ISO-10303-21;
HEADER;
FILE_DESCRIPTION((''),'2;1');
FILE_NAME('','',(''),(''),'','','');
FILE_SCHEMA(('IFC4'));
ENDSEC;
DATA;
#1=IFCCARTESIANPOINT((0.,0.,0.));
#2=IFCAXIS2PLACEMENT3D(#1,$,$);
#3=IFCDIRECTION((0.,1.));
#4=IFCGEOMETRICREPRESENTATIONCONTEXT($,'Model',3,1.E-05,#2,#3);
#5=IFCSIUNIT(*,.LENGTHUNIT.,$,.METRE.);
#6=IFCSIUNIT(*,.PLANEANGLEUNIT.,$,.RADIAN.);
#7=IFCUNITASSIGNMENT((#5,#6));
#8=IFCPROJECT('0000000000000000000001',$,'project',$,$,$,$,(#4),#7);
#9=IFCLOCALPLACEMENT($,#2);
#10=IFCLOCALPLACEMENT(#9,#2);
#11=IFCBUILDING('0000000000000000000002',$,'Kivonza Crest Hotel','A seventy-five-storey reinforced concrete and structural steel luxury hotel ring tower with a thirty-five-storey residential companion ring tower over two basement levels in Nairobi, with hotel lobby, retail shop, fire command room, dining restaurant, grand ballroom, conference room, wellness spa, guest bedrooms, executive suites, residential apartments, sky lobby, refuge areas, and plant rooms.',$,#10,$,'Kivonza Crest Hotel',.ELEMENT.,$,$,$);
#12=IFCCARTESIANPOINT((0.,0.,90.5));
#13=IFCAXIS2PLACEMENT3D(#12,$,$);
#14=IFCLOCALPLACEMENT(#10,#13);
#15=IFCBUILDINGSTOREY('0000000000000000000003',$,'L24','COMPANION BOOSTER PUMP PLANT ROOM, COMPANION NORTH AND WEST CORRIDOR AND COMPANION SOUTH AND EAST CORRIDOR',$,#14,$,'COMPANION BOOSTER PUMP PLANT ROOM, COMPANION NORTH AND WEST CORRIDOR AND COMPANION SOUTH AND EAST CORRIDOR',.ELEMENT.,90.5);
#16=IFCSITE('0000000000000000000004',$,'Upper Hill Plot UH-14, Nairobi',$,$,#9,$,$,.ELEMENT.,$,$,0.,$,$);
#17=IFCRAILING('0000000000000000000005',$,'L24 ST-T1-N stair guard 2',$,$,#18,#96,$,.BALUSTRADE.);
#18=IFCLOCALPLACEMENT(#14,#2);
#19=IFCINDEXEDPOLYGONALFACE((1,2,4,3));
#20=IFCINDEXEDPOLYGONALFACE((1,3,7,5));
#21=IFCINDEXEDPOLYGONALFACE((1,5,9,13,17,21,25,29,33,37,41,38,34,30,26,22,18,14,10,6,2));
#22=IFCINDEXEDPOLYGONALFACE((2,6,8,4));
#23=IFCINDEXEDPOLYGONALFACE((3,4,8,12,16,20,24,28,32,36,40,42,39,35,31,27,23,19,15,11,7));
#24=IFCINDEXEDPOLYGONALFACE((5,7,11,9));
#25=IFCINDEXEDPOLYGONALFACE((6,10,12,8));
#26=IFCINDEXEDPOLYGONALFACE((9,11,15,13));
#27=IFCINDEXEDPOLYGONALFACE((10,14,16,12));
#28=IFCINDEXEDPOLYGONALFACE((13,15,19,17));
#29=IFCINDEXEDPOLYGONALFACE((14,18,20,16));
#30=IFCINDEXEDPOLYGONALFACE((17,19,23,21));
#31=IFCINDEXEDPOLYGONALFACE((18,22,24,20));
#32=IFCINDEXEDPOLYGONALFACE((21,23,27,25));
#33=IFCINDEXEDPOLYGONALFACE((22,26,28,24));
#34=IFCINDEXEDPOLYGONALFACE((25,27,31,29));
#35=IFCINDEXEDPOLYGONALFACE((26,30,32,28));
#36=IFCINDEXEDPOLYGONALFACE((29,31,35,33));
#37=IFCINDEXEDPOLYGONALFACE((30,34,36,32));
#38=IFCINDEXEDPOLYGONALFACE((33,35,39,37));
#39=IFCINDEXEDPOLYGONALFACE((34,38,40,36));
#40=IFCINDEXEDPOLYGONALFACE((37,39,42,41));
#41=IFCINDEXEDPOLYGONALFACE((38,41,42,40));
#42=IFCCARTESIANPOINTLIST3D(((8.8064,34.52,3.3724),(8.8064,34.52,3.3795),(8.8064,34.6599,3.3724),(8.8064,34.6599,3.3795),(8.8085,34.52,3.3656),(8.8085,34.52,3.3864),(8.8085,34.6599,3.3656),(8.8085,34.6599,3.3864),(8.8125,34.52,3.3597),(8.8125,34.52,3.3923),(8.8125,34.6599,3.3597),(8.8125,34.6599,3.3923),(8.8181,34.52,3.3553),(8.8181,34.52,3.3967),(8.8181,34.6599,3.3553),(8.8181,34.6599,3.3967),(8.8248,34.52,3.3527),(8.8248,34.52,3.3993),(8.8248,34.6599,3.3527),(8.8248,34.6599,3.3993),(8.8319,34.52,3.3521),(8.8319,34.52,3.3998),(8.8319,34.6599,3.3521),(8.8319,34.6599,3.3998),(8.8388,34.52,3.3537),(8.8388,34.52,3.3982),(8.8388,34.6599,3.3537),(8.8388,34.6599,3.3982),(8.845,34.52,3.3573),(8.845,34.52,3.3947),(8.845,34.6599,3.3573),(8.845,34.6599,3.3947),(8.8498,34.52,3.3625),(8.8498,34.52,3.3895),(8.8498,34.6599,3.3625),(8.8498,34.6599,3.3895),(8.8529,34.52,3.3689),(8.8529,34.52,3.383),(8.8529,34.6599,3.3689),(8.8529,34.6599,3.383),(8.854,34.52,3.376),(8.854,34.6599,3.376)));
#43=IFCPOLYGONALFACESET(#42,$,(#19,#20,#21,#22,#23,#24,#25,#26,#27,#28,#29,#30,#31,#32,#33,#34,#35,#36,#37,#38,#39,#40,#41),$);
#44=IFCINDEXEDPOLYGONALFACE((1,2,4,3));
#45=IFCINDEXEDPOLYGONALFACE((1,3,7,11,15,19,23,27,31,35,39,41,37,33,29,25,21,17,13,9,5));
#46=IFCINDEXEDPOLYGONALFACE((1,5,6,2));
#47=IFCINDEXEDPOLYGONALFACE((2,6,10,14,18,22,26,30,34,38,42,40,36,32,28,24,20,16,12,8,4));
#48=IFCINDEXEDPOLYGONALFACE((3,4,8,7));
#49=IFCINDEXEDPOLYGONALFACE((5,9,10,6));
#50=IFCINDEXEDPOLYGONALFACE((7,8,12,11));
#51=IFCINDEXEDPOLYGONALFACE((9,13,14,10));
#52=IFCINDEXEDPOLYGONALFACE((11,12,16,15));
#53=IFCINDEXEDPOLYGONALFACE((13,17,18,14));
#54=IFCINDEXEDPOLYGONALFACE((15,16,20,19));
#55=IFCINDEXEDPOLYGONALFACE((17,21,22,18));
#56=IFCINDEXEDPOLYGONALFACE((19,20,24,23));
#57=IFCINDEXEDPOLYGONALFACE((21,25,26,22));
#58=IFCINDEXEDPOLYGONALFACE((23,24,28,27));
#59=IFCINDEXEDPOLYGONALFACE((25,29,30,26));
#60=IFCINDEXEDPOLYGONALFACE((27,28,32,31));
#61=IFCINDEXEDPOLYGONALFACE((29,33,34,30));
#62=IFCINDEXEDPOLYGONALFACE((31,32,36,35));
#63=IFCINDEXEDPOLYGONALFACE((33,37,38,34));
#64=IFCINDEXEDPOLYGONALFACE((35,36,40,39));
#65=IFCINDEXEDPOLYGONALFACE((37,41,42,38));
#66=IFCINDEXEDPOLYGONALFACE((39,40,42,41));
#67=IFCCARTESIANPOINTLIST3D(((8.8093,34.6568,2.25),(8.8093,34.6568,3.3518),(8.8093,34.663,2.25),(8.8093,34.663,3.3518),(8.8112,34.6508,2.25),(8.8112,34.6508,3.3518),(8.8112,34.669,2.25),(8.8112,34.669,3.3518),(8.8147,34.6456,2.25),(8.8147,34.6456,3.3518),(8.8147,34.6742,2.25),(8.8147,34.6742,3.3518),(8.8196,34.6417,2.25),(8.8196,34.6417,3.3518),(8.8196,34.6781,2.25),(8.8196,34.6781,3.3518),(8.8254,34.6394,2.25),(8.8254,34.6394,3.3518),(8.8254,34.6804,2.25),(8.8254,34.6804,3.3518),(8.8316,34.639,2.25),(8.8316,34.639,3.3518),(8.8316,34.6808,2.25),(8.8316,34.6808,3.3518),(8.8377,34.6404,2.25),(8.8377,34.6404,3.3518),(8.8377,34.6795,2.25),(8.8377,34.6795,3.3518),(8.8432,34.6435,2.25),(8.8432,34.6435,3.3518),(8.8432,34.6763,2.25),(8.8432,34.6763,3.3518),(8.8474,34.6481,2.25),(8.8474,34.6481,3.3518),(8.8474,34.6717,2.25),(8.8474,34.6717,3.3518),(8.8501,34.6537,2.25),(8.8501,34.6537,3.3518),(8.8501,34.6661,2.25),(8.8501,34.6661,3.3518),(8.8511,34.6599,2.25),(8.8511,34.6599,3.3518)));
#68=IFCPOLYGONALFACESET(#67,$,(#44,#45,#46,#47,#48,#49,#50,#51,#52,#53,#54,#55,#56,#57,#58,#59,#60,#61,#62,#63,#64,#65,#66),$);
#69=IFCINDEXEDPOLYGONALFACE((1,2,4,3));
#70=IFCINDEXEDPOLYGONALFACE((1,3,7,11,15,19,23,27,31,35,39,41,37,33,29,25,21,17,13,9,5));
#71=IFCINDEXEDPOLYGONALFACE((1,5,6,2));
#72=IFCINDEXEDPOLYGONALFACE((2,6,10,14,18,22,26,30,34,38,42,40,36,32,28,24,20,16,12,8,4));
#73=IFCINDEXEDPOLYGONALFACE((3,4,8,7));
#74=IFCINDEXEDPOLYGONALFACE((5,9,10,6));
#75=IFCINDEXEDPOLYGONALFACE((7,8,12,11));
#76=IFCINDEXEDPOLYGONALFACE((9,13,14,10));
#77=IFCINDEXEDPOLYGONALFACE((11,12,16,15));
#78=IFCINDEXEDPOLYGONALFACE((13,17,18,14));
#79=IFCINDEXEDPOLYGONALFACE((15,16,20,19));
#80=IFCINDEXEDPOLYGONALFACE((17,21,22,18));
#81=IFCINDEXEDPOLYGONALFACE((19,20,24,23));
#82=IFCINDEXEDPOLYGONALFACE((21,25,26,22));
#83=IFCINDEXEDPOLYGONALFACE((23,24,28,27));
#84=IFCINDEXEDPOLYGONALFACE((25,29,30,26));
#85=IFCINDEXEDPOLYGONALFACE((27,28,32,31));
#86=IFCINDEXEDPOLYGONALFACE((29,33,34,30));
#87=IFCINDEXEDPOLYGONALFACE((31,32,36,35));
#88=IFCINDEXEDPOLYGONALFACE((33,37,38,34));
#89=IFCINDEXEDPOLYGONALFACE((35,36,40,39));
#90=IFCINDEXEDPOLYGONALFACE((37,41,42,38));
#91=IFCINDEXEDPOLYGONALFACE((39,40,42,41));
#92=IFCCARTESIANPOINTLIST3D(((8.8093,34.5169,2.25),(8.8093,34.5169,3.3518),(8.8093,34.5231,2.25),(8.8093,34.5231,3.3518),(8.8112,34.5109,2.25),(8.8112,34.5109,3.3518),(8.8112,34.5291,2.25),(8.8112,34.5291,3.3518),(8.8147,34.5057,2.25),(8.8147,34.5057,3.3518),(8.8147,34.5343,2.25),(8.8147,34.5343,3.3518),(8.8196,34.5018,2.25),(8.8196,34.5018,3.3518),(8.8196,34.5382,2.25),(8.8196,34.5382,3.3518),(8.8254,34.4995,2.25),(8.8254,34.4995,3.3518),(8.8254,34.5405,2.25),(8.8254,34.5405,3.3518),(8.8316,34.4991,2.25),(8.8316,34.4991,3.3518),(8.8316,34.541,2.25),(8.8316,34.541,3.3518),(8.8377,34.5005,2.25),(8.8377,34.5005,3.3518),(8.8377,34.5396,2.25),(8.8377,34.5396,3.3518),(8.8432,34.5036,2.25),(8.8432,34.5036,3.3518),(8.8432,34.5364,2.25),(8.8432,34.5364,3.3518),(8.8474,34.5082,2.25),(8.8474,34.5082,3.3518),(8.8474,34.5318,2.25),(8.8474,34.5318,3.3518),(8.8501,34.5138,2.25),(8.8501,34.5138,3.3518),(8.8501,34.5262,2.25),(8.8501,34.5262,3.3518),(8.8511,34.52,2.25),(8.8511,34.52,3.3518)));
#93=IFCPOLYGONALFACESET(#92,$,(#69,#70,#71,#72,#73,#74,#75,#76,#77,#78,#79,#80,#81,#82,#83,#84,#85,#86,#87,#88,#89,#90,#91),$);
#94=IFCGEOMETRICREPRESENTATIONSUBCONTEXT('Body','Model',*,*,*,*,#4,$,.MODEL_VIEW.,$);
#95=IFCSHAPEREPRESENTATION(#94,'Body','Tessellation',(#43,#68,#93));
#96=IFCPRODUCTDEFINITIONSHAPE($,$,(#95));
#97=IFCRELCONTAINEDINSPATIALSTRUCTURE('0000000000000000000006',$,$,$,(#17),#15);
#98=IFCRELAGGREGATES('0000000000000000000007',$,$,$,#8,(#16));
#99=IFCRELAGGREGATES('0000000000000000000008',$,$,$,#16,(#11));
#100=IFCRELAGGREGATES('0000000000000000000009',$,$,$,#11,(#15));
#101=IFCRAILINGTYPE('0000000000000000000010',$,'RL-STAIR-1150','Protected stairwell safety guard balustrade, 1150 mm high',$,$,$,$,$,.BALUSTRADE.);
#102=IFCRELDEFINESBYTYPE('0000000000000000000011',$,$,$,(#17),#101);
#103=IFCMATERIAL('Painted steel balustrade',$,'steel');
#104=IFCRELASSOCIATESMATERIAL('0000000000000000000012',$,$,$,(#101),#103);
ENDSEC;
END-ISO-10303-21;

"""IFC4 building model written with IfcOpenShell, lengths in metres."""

from ifc_helpers import new_model, si_unit, direction, frame, origin, origin_2d, place, context, subcontext, project, spatial, circle, extrude, material, type_object, element, save


model = new_model("IFC4")

# Units and contexts
model_context = context("Model", 3, precision=1e-05, world=origin(), true_north=direction((0.0, 1.0)))
body_context = subcontext(model_context, "Body", "Model", "MODEL_VIEW")
ifc_project = project(units=[si_unit("LENGTHUNIT", "METRE"), si_unit("PLANEANGLEUNIT", "RADIAN")], contexts=[model_context])

# Site, building, storey
site_placement = place(None, origin())
site = spatial("IfcSite", under=ifc_project, at=site_placement, Name="Upper Hill Plot UH-14, Nairobi", CompositionType="ELEMENT", RefElevation=0.0)
building_placement = place(site_placement, origin())
building = spatial("IfcBuilding", under=site, at=building_placement, Name="Kivonza Crest Hotel", Description="A seventy-five-storey reinforced concrete and structural steel luxury hotel ring tower with a thirty-five-storey residential companion ring tower over two basement levels in Nairobi, with hotel lobby, retail shop, fire command room, dining restaurant, grand ballroom, conference room, wellness spa, guest bedrooms, executive suites, residential apartments, sky lobby, refuge areas, and plant rooms.", LongName="Kivonza Crest Hotel", CompositionType="ELEMENT")
storey_placement = place(building_placement, frame((0.0, 0.0, 90.5)))
storey = spatial("IfcBuildingStorey", under=building, at=storey_placement, Name="L24", Description="COMPANION BOOSTER PUMP PLANT ROOM, COMPANION NORTH AND WEST CORRIDOR AND COMPANION SOUTH AND EAST CORRIDOR", LongName="COMPANION BOOSTER PUMP PLANT ROOM, COMPANION NORTH AND WEST CORRIDOR AND COMPANION SOUTH AND EAST CORRIDOR", CompositionType="ELEMENT", Elevation=90.5)

# Railing
ifc_material_1 = material(Name="Painted steel balustrade", Category="steel")
railing_type_1 = type_object("IfcRailingType", Name="RL-STAIR-1150", Description="Protected stairwell safety guard balustrade, 1150 mm high", PredefinedType="BALUSTRADE", material=ifc_material_1)
railing_1_placement = place(storey_placement, frame((8.8301, 34.6599, 2.25)))
element("IfcRailing", 1, at=railing_1_placement, inside=storey, type_object=railing_type_1, Name="L24 ST-T1-N stair guard 2", PredefinedType="BALUSTRADE", context=body_context, shape_type="SweptSolid", body=[
    extrude(circle(Radius=0.0239, at=origin_2d()), frame((0.0, 0.0, 1.126), z_axis=(0.0, -1.0, 0.0), x_axis=(1.0, 0.0, 0.0)), (0.0, 0.0, 1.0), 0.1399),
    extrude(circle(Radius=0.021, at=origin_2d()), origin(), (0.0, 0.0, 1.0), 1.1018),
    extrude(circle(Radius=0.021, at=origin_2d()), frame((0.0, -0.1399, 0.0)), (0.0, 0.0, 1.0), 1.1018),
])

save(model, "model.ifc")
